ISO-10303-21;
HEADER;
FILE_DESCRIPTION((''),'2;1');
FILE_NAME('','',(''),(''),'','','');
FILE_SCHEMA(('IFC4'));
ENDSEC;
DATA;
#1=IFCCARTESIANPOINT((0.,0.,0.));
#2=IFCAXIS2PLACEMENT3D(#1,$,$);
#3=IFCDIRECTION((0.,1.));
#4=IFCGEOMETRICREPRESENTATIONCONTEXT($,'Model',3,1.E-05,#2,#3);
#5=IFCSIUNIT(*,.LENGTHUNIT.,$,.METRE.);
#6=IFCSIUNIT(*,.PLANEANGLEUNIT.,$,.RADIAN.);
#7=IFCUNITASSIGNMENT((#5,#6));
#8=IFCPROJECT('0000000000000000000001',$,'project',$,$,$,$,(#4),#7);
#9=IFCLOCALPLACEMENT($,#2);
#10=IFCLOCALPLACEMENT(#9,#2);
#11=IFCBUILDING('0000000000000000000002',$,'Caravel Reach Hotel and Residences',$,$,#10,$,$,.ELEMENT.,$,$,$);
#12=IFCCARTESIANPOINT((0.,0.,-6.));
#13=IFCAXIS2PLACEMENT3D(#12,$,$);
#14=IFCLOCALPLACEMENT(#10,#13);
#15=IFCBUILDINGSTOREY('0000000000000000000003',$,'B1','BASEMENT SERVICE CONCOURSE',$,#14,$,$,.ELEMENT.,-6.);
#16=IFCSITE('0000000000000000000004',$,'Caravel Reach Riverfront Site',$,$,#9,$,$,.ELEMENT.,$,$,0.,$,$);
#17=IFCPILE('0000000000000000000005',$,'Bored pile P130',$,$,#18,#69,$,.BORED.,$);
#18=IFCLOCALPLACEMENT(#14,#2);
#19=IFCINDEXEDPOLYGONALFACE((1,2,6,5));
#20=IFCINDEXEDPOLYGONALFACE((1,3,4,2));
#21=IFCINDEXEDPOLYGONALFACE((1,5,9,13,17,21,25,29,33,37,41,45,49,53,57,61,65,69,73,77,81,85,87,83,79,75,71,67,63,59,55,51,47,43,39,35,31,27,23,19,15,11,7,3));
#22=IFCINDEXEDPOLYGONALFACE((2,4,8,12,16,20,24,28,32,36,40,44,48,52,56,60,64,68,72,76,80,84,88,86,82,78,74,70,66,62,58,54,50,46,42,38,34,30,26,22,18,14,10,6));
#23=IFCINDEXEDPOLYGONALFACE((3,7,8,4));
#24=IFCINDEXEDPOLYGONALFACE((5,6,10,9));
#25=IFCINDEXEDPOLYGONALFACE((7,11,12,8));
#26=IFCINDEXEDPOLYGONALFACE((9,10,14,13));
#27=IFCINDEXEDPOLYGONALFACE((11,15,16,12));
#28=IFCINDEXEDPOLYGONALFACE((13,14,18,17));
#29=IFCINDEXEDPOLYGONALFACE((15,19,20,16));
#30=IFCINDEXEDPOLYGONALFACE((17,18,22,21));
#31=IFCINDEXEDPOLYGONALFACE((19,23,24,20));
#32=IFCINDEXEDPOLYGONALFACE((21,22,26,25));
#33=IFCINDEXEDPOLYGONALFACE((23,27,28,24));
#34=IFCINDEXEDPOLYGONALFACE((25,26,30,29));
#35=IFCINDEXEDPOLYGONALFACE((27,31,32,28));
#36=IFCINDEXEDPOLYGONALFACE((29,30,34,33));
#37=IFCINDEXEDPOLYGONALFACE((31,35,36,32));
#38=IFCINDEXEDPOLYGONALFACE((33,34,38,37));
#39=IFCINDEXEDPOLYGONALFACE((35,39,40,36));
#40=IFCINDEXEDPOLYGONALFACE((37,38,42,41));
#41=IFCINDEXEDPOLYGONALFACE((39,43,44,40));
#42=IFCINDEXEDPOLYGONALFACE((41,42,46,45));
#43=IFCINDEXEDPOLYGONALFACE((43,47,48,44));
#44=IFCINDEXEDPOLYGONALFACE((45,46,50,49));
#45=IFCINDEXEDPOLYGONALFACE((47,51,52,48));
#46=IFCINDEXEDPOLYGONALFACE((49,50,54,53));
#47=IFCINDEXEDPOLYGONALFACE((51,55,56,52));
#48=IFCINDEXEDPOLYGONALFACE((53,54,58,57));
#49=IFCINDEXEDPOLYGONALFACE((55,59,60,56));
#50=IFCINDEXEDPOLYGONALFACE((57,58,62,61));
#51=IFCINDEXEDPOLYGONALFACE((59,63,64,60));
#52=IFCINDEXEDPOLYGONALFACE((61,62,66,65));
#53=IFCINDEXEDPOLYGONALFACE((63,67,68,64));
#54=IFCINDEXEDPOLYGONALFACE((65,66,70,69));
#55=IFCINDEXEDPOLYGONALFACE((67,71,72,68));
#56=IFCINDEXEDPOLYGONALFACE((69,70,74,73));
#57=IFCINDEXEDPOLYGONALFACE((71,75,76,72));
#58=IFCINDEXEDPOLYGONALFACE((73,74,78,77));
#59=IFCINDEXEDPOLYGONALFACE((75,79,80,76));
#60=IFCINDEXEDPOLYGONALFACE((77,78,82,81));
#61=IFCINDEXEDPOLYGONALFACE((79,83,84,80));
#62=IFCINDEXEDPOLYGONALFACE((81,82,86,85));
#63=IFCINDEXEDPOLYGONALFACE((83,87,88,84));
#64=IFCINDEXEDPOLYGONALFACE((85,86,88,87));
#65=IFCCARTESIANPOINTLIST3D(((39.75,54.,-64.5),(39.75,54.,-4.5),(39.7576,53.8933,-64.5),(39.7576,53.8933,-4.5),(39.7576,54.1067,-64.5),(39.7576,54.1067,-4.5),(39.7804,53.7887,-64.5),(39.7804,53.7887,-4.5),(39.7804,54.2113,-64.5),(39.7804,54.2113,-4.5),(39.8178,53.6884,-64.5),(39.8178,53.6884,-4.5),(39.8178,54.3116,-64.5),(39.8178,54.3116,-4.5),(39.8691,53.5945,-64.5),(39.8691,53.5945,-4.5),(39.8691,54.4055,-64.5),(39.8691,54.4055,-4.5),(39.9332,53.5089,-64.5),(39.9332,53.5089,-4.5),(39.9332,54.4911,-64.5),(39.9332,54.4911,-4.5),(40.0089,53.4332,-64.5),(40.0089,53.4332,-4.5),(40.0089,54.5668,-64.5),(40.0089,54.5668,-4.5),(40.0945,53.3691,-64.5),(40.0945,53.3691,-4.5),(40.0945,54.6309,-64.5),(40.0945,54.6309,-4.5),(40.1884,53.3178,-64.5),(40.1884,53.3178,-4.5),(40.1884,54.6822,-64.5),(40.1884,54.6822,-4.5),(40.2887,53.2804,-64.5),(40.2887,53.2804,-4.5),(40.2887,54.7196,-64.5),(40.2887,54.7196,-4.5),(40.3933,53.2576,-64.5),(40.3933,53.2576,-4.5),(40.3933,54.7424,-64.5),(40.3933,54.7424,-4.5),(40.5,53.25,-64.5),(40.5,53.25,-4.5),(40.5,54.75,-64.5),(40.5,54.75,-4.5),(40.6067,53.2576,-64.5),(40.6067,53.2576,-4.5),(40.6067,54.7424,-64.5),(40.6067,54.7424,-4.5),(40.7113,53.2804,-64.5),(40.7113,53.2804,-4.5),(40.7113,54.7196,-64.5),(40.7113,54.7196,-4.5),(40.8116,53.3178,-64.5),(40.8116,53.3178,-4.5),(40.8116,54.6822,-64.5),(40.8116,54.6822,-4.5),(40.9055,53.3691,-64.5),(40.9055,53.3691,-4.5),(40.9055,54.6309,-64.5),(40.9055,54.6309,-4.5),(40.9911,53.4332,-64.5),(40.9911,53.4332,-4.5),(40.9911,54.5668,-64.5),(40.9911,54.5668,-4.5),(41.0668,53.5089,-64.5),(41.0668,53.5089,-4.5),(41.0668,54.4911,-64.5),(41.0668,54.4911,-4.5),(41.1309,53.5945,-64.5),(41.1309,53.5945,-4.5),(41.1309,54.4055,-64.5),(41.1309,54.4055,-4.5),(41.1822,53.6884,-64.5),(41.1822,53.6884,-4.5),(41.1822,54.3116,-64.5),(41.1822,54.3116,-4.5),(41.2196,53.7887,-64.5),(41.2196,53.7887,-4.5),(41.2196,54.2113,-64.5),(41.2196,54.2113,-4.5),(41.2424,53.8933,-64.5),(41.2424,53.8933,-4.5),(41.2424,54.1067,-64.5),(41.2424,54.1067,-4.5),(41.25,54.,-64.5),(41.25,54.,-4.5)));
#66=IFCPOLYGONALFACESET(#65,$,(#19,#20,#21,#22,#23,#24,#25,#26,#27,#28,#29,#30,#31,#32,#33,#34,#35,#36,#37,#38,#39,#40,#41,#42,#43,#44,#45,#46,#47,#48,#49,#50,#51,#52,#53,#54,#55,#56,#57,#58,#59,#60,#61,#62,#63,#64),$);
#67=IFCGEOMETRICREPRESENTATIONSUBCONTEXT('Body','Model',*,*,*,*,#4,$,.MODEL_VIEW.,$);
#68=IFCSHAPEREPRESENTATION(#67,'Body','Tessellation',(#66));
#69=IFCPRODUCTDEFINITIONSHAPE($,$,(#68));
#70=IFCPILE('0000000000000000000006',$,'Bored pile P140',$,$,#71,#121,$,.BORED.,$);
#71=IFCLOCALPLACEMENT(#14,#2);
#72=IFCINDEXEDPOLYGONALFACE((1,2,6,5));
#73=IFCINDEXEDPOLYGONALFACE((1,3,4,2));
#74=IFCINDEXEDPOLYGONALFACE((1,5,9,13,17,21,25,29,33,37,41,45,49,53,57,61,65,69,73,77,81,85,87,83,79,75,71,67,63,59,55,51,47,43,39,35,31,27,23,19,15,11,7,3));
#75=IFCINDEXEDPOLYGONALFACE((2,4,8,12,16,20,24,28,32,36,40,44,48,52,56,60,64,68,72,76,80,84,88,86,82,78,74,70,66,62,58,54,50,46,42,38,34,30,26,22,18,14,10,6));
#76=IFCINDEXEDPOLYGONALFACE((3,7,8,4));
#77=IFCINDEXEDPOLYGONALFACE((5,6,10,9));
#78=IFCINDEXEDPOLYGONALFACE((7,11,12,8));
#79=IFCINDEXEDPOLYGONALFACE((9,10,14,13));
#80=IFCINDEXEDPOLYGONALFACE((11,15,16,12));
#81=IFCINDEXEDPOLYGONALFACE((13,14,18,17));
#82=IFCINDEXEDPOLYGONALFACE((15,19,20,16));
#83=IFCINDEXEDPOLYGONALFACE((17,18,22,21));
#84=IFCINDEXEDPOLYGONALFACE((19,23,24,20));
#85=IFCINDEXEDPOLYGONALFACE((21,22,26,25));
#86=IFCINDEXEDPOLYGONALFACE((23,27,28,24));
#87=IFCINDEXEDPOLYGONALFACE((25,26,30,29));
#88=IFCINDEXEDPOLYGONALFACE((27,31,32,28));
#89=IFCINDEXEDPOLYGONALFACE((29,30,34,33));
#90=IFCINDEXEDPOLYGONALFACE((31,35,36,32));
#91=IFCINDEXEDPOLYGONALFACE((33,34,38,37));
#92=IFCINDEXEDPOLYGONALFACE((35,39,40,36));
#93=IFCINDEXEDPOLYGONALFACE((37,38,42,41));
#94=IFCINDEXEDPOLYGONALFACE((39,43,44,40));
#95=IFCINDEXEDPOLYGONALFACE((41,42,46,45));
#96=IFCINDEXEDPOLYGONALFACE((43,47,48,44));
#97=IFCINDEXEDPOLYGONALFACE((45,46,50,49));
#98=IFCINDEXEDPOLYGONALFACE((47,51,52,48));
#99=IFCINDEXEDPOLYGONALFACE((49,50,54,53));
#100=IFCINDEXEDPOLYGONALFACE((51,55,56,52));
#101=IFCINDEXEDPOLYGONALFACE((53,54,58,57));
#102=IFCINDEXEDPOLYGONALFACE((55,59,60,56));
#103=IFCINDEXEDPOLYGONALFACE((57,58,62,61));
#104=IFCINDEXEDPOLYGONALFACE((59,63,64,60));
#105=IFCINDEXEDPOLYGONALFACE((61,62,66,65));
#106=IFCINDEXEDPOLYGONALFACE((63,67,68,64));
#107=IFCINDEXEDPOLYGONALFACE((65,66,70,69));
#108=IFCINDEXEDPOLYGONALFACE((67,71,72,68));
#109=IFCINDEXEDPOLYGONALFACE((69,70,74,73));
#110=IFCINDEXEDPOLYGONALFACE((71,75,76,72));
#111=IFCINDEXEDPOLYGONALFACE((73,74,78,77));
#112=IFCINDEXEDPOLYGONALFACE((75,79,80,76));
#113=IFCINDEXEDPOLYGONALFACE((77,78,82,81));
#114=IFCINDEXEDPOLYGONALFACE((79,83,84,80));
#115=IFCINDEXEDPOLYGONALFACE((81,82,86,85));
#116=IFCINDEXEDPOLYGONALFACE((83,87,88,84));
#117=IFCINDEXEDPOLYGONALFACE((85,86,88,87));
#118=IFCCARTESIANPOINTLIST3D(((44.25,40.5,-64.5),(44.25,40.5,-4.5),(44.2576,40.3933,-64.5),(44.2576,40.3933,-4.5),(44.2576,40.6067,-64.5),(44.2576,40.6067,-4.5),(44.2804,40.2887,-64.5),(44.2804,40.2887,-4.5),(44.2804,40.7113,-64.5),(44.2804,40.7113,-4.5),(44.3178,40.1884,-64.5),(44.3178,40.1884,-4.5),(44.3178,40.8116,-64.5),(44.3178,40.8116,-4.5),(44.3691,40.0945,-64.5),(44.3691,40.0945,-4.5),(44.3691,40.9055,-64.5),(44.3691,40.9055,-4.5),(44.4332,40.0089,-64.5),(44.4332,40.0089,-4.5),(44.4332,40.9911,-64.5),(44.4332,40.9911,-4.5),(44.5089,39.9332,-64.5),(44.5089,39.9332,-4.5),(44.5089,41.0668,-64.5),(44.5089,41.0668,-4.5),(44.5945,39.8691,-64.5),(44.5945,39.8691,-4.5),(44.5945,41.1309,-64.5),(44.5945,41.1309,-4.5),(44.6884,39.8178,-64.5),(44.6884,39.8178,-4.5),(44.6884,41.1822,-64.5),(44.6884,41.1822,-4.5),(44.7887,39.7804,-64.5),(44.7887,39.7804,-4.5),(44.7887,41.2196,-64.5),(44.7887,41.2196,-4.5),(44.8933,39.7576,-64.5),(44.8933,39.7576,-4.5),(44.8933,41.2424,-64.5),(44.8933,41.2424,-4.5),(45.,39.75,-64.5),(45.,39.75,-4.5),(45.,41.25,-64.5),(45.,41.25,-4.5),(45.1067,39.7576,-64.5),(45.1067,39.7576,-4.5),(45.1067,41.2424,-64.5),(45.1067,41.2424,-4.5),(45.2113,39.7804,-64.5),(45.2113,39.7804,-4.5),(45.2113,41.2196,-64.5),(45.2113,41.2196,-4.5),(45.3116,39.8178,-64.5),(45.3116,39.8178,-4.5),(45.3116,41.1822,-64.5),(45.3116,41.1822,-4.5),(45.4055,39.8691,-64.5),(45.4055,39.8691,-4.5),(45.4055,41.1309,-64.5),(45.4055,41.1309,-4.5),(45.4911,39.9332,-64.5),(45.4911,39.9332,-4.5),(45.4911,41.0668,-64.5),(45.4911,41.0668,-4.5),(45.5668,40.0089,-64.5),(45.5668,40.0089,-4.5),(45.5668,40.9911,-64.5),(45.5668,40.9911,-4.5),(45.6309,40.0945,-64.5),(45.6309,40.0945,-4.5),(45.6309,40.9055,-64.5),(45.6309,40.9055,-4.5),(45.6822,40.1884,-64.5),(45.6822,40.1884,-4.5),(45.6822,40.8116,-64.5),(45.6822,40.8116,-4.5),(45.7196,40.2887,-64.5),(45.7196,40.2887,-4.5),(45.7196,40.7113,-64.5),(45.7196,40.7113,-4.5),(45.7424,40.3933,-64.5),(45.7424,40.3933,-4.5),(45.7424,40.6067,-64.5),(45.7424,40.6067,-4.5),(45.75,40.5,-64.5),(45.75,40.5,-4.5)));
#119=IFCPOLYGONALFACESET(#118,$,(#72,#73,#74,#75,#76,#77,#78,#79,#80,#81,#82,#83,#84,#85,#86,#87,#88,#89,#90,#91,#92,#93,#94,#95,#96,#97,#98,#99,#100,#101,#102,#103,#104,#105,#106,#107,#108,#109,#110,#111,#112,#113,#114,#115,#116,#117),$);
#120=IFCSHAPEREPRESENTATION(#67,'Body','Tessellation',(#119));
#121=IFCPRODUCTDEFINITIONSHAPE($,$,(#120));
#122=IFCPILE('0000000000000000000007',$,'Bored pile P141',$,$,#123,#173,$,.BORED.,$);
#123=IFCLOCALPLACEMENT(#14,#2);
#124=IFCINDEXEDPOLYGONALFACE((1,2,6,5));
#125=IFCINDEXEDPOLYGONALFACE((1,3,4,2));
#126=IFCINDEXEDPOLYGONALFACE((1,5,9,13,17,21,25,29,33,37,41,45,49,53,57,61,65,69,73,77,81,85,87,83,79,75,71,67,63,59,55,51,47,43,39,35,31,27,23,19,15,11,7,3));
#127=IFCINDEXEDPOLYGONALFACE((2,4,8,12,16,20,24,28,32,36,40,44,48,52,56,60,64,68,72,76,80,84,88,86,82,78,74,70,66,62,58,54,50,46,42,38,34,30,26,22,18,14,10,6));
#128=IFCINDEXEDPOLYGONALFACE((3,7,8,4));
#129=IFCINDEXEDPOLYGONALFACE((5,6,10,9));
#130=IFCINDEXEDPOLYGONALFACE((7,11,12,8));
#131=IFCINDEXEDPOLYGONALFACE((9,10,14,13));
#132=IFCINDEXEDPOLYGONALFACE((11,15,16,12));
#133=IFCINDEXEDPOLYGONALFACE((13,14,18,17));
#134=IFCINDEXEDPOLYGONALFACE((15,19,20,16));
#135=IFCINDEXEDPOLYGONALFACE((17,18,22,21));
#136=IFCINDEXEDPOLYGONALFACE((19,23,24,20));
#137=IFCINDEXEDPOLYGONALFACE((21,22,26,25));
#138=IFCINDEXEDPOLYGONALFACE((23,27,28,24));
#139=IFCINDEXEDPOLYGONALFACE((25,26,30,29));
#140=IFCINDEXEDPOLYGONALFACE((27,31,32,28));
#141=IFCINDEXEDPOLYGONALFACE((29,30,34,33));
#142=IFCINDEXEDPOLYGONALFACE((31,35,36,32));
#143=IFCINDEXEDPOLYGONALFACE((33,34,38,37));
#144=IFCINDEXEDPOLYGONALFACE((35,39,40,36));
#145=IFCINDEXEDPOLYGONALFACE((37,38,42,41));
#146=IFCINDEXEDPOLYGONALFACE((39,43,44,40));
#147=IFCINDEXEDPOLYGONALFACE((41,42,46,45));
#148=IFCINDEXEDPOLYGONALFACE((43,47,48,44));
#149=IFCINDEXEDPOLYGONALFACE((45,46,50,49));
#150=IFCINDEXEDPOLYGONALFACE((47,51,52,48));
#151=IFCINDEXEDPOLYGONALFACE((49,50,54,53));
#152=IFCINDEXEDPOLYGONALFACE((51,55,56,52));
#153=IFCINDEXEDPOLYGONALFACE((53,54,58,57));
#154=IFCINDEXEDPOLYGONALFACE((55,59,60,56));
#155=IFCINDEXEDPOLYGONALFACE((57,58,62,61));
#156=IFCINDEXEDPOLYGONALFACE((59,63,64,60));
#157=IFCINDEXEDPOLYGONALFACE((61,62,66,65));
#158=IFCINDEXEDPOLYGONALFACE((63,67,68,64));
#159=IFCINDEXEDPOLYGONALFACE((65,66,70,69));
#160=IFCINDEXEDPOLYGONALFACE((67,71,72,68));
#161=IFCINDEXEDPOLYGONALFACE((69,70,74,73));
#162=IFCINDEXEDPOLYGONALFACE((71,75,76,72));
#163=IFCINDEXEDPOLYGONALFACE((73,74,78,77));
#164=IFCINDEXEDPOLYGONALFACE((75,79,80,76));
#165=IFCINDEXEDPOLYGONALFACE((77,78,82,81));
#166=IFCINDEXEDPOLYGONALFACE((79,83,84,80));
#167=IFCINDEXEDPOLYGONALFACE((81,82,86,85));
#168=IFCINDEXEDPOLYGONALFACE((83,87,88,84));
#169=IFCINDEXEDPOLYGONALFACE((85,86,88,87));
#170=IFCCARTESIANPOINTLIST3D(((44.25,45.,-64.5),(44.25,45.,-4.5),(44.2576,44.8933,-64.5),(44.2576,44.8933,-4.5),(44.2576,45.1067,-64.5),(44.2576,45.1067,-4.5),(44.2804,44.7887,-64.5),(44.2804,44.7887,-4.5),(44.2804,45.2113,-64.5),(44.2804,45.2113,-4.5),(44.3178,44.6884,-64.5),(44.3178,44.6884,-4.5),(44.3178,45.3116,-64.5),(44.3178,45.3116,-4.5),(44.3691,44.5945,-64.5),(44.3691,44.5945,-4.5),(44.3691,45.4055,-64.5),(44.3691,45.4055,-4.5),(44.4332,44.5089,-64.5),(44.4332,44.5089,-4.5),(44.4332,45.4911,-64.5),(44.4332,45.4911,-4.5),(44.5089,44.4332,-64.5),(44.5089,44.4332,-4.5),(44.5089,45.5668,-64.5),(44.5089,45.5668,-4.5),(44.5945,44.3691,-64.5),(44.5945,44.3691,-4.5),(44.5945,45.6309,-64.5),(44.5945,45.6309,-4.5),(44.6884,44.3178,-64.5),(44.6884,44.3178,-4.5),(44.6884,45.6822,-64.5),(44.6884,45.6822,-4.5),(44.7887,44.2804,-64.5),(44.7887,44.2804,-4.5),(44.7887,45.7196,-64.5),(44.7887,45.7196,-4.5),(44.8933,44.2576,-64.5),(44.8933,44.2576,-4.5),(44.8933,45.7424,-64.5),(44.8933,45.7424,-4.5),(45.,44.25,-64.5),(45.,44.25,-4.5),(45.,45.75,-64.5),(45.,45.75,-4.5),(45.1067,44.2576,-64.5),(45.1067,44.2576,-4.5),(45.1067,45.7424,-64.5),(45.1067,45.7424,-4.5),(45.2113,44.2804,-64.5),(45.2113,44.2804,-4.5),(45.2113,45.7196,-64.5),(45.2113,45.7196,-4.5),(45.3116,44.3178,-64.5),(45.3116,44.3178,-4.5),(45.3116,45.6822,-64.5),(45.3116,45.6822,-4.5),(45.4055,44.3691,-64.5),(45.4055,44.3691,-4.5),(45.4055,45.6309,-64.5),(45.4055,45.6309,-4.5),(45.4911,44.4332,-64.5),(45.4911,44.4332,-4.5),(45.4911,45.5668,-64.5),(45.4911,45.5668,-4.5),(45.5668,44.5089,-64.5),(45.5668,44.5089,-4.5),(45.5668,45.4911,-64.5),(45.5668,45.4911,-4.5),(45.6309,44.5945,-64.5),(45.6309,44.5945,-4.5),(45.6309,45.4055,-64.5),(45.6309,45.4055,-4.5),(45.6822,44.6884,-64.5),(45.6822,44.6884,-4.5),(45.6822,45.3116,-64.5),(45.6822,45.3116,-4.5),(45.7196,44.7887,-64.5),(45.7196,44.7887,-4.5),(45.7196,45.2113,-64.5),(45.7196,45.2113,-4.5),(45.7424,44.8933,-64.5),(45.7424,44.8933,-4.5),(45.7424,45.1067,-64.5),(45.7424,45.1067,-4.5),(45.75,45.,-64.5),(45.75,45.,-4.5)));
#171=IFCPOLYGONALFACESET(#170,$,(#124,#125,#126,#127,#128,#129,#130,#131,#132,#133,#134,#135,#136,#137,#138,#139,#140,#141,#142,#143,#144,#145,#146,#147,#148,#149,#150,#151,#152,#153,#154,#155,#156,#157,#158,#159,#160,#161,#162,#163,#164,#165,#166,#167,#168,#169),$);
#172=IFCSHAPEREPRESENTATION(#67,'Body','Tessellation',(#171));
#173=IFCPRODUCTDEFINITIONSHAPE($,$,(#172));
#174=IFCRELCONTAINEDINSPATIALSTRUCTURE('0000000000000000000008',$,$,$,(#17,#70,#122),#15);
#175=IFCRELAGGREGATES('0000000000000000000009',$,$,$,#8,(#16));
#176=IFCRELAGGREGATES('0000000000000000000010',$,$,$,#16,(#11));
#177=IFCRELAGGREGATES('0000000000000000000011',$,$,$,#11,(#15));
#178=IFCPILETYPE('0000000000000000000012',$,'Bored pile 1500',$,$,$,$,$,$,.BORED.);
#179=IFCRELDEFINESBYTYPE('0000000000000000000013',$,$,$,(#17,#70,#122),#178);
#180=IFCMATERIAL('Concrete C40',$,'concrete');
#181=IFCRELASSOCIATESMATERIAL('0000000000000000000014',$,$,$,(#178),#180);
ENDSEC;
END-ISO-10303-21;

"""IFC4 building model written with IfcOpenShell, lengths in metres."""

from ifc_helpers import new_model, si_unit, direction, frame, origin, origin_2d, place, context, subcontext, project, spatial, circle, extrude, material, material_profile, profile_set, type_object, element, save


model = new_model("IFC4")

# Units and contexts
model_context = context("Model", 3, precision=1e-05, world=origin(), true_north=direction((0.0, 1.0)))
body_context = subcontext(model_context, "Body", "Model", "MODEL_VIEW")
ifc_project = project(units=[si_unit("LENGTHUNIT", "METRE"), si_unit("PLANEANGLEUNIT", "RADIAN")], contexts=[model_context])

# Site, building, storey
site_placement = place(None, origin())
site = spatial("IfcSite", under=ifc_project, at=site_placement, Name="Caravel Reach Riverfront Site", CompositionType="ELEMENT", RefElevation=0.0)
building_placement = place(site_placement, origin())
building = spatial("IfcBuilding", under=site, at=building_placement, Name="Caravel Reach Hotel and Residences", CompositionType="ELEMENT")
storey_placement = place(building_placement, frame((0.0, 0.0, -6.0)))
storey = spatial("IfcBuildingStorey", under=building, at=storey_placement, Name="B1", Description="BASEMENT SERVICE CONCOURSE", CompositionType="ELEMENT", Elevation=-6.0)

# Piles
ifc_material_1 = material(Name="Concrete C40", Category="concrete")
ifc_material_profile_1 = material_profile(ifc_material_1, circle(Radius=0.75, at=origin_2d()), Name="PILE 1500")
ifc_profile_set_1 = profile_set([ifc_material_profile_1], Name="Concrete C40")
pile_type = type_object("IfcPileType", Name="Bored pile 1500", PredefinedType="BORED", material=ifc_profile_set_1)
for number, where, z_axis, x_axis, name in (
    (1, (40.5, 54.0, -4.5), (0.0, 0.0, -1.0), (1.0, 0.0, 0.0), "Bored pile P130"),
    (2, (45.0, 40.5, -4.5), (0.0, 0.0, -1.0), (1.0, 0.0, 0.0), "Bored pile P140"),
    (3, (45.0, 45.0, -4.5), (0.0, 0.0, -1.0), (1.0, 0.0, 0.0), "Bored pile P141"),
):
    element("IfcPile", number, at=place(storey_placement, frame(where, z_axis=z_axis, x_axis=x_axis)), inside=storey, type_object=pile_type, Name=name, PredefinedType="BORED", context=body_context, shape_type="SweptSolid", body=[
        extrude(circle(Radius=0.75, at=origin_2d()), origin(), (0.0, 0.0, 1.0), 60.0),
    ])

save(model, "model.ifc")
